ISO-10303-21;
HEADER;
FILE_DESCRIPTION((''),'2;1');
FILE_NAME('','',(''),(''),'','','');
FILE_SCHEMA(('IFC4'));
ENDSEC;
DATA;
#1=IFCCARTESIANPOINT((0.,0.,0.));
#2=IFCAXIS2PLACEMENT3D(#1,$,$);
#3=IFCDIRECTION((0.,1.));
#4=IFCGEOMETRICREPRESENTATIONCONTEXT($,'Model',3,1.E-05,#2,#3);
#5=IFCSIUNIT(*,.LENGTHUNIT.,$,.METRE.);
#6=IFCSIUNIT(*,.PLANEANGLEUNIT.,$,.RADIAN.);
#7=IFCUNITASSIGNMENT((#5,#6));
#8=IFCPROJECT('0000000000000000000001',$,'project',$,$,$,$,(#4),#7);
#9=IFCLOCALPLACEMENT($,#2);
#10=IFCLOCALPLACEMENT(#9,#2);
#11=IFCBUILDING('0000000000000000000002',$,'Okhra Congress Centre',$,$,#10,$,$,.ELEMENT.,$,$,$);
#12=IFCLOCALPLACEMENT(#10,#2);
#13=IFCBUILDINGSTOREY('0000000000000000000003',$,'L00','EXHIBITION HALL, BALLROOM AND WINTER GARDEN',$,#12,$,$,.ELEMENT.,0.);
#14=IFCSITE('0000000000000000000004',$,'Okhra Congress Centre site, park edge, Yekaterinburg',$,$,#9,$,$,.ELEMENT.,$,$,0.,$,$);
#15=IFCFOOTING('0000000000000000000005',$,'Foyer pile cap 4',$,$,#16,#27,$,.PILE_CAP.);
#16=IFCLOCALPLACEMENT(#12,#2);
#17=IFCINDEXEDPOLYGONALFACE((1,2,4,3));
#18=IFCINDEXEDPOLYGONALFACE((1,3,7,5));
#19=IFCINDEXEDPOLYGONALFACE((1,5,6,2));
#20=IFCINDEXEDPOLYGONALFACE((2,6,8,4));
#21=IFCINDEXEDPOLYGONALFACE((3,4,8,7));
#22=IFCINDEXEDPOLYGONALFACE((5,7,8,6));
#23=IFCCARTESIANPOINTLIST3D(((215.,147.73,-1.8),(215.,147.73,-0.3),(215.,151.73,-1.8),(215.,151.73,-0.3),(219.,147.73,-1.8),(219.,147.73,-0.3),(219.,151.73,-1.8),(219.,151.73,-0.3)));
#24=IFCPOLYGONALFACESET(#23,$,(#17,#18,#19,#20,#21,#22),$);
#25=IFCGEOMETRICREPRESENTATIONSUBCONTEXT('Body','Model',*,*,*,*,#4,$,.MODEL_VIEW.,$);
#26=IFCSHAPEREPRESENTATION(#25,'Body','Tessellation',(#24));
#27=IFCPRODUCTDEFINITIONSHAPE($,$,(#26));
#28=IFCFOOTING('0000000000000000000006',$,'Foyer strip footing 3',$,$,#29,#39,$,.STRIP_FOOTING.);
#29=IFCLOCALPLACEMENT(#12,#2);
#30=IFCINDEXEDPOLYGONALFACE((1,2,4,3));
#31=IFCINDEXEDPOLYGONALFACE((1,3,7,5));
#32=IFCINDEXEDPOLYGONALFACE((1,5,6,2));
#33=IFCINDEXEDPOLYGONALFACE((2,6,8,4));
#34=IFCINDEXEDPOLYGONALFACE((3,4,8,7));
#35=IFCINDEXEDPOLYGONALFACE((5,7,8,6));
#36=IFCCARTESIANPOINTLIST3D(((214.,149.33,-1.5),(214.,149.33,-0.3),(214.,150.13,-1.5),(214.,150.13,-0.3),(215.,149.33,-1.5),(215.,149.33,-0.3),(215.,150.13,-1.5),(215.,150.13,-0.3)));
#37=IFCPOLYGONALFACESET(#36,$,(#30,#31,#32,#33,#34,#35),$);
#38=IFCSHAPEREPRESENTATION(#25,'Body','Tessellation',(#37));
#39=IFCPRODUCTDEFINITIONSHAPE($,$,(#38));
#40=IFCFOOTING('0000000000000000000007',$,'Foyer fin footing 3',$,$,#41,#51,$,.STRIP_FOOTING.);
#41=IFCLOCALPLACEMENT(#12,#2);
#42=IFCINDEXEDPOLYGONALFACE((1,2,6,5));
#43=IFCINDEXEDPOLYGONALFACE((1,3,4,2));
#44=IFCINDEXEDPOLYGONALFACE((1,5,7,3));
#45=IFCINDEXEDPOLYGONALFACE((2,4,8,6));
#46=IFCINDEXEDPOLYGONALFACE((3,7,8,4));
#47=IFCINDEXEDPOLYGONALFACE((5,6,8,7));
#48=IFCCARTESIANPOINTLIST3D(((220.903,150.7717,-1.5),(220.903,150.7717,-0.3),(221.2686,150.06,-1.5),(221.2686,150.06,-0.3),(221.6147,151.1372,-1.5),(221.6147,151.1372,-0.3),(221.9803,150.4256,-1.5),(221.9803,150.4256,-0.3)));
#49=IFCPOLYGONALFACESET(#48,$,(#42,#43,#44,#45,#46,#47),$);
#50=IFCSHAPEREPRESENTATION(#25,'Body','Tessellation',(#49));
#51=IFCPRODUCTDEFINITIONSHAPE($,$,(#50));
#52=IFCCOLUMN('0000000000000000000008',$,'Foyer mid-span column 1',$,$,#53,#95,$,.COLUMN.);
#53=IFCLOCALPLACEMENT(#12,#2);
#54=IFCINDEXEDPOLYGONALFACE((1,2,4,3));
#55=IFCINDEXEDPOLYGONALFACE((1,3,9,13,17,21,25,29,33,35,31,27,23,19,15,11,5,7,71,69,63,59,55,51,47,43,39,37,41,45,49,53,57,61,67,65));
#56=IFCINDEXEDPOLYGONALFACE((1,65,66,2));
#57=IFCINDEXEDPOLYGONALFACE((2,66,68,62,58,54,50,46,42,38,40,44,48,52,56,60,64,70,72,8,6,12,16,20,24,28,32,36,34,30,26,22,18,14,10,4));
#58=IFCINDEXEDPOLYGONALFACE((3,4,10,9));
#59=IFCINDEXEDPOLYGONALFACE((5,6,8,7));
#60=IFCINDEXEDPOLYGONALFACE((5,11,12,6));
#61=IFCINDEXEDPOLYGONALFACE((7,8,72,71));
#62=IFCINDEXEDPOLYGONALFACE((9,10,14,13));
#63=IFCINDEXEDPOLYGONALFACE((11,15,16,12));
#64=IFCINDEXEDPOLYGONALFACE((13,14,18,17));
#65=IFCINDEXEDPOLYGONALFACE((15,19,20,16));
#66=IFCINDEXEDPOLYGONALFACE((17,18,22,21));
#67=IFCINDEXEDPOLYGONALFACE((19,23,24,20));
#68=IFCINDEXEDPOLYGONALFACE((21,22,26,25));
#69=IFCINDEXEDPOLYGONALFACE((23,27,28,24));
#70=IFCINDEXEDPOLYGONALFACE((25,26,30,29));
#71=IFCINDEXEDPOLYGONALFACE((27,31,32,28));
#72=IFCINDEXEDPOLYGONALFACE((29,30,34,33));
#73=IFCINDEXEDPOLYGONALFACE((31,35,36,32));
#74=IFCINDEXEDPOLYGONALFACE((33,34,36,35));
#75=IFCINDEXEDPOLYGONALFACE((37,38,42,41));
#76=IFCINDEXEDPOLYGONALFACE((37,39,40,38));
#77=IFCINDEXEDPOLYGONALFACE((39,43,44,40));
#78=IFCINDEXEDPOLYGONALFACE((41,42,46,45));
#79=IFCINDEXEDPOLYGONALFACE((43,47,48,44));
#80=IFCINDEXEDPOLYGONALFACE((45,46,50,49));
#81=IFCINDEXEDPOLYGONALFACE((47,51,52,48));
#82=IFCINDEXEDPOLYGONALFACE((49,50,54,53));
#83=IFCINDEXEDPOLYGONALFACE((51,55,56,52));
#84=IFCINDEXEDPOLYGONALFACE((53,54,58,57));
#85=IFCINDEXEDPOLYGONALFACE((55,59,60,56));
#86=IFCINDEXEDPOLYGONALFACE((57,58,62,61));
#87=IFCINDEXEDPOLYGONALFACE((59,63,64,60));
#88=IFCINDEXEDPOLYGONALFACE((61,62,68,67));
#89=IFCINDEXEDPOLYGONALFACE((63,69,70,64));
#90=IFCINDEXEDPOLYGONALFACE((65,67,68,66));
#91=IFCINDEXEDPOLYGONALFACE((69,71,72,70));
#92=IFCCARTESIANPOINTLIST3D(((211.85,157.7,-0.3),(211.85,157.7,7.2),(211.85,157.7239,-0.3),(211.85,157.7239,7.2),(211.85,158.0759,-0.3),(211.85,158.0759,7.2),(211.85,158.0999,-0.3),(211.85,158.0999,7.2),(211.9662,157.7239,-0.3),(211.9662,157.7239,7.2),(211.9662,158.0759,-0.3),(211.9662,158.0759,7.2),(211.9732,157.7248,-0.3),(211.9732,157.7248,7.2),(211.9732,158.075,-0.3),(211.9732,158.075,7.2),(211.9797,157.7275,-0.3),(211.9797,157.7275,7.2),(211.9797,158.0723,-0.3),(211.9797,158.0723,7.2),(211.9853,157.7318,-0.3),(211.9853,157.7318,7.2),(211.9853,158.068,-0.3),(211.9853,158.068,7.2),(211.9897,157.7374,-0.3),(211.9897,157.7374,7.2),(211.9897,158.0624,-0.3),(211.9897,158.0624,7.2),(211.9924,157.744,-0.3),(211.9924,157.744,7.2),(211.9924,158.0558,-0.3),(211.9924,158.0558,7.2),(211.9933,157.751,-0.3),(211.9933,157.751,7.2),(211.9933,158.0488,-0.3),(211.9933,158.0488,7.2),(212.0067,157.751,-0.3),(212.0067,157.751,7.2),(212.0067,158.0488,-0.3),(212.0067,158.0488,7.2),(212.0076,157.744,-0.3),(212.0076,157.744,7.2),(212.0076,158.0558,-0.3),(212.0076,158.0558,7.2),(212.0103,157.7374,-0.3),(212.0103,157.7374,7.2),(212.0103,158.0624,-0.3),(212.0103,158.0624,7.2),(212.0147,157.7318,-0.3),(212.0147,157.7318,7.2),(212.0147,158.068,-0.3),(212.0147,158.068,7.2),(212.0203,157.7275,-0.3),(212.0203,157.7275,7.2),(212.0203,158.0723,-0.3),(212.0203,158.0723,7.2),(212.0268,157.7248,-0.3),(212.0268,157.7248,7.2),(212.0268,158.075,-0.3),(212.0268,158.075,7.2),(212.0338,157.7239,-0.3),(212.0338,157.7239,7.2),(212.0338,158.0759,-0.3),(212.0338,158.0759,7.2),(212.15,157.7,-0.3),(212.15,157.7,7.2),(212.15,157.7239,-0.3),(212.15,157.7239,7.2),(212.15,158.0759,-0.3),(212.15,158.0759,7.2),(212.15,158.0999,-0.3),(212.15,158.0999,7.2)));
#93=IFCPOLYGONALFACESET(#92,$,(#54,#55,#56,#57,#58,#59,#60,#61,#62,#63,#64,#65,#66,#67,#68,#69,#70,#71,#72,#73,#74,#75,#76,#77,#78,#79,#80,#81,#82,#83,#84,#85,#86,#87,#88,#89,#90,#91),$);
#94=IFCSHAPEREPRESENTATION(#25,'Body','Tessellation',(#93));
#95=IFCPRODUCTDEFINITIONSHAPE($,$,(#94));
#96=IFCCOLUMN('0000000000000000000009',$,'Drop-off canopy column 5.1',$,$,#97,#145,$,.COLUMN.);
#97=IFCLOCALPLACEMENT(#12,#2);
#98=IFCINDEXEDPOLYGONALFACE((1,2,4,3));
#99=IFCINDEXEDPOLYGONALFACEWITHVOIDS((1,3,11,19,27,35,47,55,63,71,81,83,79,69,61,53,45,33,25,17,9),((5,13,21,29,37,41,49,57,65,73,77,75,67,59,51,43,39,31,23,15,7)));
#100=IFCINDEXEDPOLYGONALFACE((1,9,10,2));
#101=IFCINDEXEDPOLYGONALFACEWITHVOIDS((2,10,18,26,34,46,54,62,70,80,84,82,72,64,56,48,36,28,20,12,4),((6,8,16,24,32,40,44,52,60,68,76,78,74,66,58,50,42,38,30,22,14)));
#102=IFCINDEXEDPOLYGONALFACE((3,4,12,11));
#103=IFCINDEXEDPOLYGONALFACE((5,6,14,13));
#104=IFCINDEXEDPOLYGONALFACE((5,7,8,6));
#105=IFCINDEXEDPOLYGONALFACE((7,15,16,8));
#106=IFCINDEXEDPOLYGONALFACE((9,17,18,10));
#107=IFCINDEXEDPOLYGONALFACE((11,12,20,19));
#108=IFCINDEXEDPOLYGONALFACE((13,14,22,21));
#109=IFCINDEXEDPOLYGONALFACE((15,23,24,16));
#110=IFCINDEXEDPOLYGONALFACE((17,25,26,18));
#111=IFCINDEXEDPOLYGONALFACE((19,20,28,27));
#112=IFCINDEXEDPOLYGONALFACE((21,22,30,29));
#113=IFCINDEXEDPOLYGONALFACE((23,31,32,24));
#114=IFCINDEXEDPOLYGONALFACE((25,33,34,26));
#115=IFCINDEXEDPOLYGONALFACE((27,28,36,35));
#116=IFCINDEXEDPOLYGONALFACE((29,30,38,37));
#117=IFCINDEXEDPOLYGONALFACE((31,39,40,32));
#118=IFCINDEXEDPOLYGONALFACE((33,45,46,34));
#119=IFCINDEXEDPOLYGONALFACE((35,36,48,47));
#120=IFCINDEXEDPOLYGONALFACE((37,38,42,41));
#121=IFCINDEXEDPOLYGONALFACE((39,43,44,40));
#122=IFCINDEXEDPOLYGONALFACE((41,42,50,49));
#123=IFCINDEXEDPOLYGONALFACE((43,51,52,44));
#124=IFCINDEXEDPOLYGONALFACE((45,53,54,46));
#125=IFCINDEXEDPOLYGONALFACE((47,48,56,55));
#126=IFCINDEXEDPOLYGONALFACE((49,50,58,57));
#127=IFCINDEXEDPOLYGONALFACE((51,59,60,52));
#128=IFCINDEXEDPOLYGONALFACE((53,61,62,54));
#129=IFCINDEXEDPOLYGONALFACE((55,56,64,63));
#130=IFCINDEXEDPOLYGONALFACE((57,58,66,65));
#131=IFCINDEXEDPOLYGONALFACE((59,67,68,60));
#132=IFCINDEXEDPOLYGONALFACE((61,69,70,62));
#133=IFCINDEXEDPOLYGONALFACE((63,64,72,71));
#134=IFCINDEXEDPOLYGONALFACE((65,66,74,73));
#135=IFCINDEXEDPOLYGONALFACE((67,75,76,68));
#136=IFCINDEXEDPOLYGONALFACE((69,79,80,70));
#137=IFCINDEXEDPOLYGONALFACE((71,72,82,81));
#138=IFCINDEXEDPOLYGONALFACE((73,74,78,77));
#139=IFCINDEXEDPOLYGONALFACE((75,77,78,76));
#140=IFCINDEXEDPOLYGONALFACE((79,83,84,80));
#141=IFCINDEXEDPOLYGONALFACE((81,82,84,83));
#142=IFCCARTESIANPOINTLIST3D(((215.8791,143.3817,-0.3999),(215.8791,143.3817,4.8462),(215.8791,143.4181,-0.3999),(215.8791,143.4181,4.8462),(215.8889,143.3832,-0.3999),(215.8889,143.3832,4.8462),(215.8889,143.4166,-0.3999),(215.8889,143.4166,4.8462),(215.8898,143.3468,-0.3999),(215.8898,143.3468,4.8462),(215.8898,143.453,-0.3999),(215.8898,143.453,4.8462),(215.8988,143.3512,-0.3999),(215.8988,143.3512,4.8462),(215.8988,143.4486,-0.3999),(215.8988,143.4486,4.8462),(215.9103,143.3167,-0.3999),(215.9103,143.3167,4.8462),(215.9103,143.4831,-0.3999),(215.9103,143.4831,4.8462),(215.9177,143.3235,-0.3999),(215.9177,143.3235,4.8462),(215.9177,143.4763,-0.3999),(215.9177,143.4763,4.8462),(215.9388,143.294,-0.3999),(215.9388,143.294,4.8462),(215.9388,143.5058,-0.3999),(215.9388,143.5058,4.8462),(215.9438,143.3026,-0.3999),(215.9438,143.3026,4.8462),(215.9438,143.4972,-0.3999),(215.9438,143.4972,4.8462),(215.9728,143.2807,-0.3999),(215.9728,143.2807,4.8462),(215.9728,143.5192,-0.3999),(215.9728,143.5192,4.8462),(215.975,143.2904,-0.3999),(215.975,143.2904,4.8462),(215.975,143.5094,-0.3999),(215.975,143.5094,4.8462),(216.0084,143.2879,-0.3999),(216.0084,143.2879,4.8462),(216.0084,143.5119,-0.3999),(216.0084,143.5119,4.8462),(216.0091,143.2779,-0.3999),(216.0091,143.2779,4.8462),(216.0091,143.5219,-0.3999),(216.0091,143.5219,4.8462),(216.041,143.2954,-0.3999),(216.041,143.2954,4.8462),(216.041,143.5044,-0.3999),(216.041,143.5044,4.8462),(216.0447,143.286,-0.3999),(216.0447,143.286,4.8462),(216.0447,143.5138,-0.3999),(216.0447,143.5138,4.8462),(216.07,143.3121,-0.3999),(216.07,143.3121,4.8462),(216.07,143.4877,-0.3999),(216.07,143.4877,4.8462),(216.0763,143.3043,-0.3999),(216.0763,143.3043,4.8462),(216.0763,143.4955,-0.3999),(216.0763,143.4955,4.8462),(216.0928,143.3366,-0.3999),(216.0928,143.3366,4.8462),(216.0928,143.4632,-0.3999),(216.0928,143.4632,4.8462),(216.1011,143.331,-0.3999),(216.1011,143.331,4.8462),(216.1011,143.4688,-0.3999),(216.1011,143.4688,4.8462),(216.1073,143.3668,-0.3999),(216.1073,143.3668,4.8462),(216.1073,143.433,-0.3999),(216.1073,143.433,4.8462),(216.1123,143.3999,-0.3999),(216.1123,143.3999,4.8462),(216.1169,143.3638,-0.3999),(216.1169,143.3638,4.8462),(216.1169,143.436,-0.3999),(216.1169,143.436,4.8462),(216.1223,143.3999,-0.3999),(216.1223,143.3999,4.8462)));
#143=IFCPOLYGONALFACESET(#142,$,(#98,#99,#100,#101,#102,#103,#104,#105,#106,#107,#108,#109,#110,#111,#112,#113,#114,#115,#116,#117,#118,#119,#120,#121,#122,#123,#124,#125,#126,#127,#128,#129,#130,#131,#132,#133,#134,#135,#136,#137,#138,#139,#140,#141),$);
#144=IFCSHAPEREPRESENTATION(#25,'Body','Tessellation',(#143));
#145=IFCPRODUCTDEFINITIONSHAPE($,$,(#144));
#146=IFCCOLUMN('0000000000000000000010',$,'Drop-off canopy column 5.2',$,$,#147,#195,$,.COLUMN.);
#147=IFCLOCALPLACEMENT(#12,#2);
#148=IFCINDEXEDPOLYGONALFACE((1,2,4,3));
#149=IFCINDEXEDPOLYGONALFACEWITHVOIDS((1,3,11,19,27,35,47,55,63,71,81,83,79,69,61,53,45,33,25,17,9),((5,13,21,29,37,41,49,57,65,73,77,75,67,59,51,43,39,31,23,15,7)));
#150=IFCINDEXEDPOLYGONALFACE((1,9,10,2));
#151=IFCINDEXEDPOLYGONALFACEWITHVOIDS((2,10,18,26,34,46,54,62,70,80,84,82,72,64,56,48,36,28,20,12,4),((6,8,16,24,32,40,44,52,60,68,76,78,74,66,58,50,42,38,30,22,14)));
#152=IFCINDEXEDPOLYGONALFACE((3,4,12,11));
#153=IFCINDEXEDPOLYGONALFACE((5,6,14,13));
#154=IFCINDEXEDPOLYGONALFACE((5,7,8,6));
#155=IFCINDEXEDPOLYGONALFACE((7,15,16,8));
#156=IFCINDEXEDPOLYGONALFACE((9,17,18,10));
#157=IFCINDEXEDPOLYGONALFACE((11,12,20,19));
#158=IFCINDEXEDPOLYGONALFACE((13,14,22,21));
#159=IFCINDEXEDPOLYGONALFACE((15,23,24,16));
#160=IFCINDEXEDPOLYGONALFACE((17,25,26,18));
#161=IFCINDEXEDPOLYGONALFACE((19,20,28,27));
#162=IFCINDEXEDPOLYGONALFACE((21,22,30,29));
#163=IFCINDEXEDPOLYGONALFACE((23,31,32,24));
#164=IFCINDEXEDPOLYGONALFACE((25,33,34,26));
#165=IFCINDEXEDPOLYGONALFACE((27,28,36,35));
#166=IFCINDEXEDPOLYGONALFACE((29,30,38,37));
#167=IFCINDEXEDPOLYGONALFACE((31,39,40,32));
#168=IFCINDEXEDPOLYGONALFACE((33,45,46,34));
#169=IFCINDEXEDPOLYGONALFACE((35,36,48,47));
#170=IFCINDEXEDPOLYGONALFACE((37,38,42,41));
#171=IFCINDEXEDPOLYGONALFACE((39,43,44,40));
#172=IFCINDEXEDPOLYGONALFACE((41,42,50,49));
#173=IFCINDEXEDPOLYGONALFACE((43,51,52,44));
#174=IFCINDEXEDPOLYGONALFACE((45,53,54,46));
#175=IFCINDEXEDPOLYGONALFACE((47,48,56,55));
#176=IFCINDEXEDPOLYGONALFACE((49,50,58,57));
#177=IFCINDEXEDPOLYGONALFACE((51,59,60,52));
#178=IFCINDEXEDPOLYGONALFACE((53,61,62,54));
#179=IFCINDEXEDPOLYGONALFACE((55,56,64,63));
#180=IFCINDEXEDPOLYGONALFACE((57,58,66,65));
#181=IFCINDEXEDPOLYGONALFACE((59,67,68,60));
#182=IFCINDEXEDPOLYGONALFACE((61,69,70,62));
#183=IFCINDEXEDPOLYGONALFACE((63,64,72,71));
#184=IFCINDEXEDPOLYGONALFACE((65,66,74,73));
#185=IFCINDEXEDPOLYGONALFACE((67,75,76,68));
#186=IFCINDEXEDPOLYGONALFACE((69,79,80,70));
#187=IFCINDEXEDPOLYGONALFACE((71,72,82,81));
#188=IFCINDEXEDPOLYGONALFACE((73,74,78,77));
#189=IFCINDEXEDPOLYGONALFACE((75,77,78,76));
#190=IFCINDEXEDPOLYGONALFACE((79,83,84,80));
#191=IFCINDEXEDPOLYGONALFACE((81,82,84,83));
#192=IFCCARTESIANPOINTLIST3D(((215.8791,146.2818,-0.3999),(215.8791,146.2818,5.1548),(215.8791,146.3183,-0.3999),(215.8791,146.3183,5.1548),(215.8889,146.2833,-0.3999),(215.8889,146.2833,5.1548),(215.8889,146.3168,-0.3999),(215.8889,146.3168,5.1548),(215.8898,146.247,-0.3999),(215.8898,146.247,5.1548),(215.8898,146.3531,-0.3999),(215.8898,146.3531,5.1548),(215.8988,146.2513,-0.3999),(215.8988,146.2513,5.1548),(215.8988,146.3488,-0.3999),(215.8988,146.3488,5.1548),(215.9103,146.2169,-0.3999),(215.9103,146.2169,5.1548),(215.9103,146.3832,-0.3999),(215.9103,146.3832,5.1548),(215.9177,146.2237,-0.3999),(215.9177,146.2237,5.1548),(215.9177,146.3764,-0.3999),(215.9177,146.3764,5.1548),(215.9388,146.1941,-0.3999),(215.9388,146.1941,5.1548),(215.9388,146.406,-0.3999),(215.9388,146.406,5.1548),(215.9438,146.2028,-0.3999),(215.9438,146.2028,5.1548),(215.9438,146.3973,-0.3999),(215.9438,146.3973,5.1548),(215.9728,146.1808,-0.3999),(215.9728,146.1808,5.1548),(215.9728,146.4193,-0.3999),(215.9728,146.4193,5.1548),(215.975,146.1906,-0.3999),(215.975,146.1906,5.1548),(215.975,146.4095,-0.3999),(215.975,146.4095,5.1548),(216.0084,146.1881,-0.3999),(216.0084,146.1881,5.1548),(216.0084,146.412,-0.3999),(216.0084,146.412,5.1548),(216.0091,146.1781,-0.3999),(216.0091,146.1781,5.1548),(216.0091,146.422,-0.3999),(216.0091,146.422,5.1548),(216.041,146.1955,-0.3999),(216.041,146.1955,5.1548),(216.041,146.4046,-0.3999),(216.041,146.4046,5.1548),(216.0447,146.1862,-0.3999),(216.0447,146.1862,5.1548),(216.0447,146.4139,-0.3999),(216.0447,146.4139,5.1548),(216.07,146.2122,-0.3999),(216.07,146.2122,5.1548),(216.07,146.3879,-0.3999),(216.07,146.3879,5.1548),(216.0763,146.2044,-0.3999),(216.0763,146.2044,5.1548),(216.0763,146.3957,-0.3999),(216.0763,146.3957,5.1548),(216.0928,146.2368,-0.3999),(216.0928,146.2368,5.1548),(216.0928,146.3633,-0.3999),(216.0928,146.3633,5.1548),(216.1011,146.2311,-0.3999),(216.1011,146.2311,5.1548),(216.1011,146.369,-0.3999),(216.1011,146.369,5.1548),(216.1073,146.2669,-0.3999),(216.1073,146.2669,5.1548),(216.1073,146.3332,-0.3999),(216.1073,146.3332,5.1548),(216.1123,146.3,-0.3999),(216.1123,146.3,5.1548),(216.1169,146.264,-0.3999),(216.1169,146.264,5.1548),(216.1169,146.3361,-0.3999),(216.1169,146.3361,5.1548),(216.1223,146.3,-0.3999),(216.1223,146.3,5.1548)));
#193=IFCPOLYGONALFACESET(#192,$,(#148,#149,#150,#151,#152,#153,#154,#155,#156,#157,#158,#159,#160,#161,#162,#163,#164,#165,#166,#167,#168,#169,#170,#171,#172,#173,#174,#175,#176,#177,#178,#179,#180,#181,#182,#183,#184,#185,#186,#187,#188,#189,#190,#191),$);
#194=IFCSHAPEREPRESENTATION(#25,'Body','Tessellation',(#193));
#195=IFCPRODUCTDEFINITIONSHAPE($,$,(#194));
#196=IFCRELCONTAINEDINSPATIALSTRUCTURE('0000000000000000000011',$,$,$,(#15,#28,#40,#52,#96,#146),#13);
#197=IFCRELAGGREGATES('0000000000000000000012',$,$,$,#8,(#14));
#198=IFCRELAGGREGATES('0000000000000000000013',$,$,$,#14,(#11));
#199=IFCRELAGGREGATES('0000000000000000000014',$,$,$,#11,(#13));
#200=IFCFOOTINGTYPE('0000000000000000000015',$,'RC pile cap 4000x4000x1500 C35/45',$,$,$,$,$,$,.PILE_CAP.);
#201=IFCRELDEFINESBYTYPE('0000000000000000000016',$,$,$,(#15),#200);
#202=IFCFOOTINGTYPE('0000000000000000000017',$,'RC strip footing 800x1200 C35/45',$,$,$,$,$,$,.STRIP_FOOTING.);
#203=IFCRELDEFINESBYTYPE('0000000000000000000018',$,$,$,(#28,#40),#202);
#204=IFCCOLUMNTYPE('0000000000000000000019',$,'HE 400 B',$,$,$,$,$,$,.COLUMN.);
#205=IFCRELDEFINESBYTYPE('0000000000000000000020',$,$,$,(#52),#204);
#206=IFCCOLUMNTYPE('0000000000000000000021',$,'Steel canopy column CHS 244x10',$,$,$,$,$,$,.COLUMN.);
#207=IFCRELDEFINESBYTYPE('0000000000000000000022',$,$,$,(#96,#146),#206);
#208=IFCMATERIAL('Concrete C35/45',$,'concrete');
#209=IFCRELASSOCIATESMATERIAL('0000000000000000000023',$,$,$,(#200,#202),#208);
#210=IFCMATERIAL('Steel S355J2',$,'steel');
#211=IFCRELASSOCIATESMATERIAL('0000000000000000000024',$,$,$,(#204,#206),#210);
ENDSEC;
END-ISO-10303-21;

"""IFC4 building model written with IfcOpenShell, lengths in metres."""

from ifc_helpers import new_model, si_unit, direction, frame, origin, origin_2d, place, context, subcontext, project, spatial, rectangle, hollow_circle, i_section, extrude, material, material_profile, profile_set, type_object, element, save


model = new_model("IFC4")

# Units and contexts
model_context = context("Model", 3, precision=1e-05, world=origin(), true_north=direction((0.0, 1.0)))
body_context = subcontext(model_context, "Body", "Model", "MODEL_VIEW")
ifc_project = project(units=[si_unit("LENGTHUNIT", "METRE"), si_unit("PLANEANGLEUNIT", "RADIAN")], contexts=[model_context])

# Site, building, storey
site_placement = place(None, origin())
site = spatial("IfcSite", under=ifc_project, at=site_placement, Name="Okhra Congress Centre site, park edge, Yekaterinburg", CompositionType="ELEMENT", RefElevation=0.0)
building_placement = place(site_placement, origin())
building = spatial("IfcBuilding", under=site, at=building_placement, Name="Okhra Congress Centre", CompositionType="ELEMENT")
storey_placement = place(building_placement, origin())
storey = spatial("IfcBuildingStorey", under=building, at=storey_placement, Name="L00", Description="EXHIBITION HALL, BALLROOM AND WINTER GARDEN", CompositionType="ELEMENT", Elevation=0.0)

# Footings
ifc_material_1 = material(Name="Concrete C35/45", Category="concrete")
footing_type_1 = type_object("IfcFootingType", Name="RC pile cap 4000x4000x1500 C35/45", PredefinedType="PILE_CAP", material=ifc_material_1)
footing_1_placement = place(storey_placement, frame((217.0, 149.73, -1.8), z_axis=(0.0, 0.0, 1.0), x_axis=(1.0, 0.0, 0.0)))
element("IfcFooting", 1, at=footing_1_placement, inside=storey, type_object=footing_type_1, Name="Foyer pile cap 4", PredefinedType="PILE_CAP", context=body_context, shape_type="SweptSolid", body=[
    extrude(rectangle(XDim=4.0, YDim=4.0, at=origin_2d()), origin(), (0.0, 0.0, 1.0), 1.5),
])
footing_type_2 = type_object("IfcFootingType", Name="RC strip footing 800x1200 C35/45", PredefinedType="STRIP_FOOTING", material=ifc_material_1)
footing_2_placement = place(storey_placement, frame((214.5, 149.73, -1.5), z_axis=(0.0, 0.0, 1.0), x_axis=(1.0, 0.0, 0.0)))
element("IfcFooting", 2, at=footing_2_placement, inside=storey, type_object=footing_type_2, Name="Foyer strip footing 3", PredefinedType="STRIP_FOOTING", context=body_context, shape_type="SweptSolid", body=[
    extrude(rectangle(XDim=1.0, YDim=0.8, at=origin_2d()), origin(), (0.0, 0.0, 1.0), 1.2),
])
footing_3_placement = place(storey_placement, frame((221.4417, 150.5986, -1.5), z_axis=(0.0, 0.0, 1.0), x_axis=(0.88951, 0.456915, 0.0)))
element("IfcFooting", 3, at=footing_3_placement, inside=storey, type_object=footing_type_2, Name="Foyer fin footing 3", PredefinedType="STRIP_FOOTING", context=body_context, shape_type="SweptSolid", body=[
    extrude(rectangle(XDim=0.8, YDim=0.8, at=origin_2d()), origin(), (0.0, 0.0, 1.0), 1.2),
])

# Columns
ifc_material_2 = material(Name="Steel S355J2", Category="steel")
ifc_material_profile_1 = material_profile(ifc_material_2, i_section(OverallWidth=0.3, OverallDepth=0.3999, WebThickness=0.0134, FlangeThickness=0.0239, FilletRadius=0.0271, at=origin_2d()), Name="HE 400 B")
ifc_profile_set_1 = profile_set([ifc_material_profile_1], Name="Steel S355J2")
column_type_1 = type_object("IfcColumnType", Name="HE 400 B", PredefinedType="COLUMN", material=ifc_profile_set_1)
column_1_placement = place(storey_placement, frame((212.0, 157.8999, -0.3), z_axis=(0.0, 0.0, 1.0), x_axis=(1.0, 0.0, 0.0)))
element("IfcColumn", 4, at=column_1_placement, inside=storey, type_object=column_type_1, Name="Foyer mid-span column 1", PredefinedType="COLUMN", context=body_context, shape_type="SweptSolid", body=[
    extrude(i_section(OverallWidth=0.3, OverallDepth=0.3999, WebThickness=0.0134, FlangeThickness=0.0239, FilletRadius=0.0271, at=origin_2d()), origin(), (0.0, 0.0, 1.0), 7.5),
])
ifc_material_profile_2 = material_profile(ifc_material_2, hollow_circle(Radius=0.1223, WallThickness=0.01, at=origin_2d()), Name="CHS 244.5x10")
ifc_profile_set_2 = profile_set([ifc_material_profile_2], Name="Steel S355J2")
column_type_2 = type_object("IfcColumnType", Name="Steel canopy column CHS 244x10", PredefinedType="COLUMN", material=ifc_profile_set_2)
column_2_placement = place(storey_placement, frame((216.0, 143.3999, -0.3999), z_axis=(0.0, 0.0, 1.0), x_axis=(1.0, 0.0, 0.0)))
element("IfcColumn", 5, at=column_2_placement, inside=storey, type_object=column_type_2, Name="Drop-off canopy column 5.1", PredefinedType="COLUMN", context=body_context, shape_type="SweptSolid", body=[
    extrude(hollow_circle(Radius=0.1223, WallThickness=0.01, at=origin_2d()), origin(), (0.0, 0.0, 1.0), 5.2461),
])
column_3_placement = place(storey_placement, frame((216.0, 146.3, -0.3999), z_axis=(0.0, 0.0, 1.0), x_axis=(1.0, 0.0, 0.0)))
element("IfcColumn", 6, at=column_3_placement, inside=storey, type_object=column_type_2, Name="Drop-off canopy column 5.2", PredefinedType="COLUMN", context=body_context, shape_type="SweptSolid", body=[
    extrude(hollow_circle(Radius=0.1223, WallThickness=0.01, at=origin_2d()), origin(), (0.0, 0.0, 1.0), 5.5547),
])

save(model, "model.ifc")
